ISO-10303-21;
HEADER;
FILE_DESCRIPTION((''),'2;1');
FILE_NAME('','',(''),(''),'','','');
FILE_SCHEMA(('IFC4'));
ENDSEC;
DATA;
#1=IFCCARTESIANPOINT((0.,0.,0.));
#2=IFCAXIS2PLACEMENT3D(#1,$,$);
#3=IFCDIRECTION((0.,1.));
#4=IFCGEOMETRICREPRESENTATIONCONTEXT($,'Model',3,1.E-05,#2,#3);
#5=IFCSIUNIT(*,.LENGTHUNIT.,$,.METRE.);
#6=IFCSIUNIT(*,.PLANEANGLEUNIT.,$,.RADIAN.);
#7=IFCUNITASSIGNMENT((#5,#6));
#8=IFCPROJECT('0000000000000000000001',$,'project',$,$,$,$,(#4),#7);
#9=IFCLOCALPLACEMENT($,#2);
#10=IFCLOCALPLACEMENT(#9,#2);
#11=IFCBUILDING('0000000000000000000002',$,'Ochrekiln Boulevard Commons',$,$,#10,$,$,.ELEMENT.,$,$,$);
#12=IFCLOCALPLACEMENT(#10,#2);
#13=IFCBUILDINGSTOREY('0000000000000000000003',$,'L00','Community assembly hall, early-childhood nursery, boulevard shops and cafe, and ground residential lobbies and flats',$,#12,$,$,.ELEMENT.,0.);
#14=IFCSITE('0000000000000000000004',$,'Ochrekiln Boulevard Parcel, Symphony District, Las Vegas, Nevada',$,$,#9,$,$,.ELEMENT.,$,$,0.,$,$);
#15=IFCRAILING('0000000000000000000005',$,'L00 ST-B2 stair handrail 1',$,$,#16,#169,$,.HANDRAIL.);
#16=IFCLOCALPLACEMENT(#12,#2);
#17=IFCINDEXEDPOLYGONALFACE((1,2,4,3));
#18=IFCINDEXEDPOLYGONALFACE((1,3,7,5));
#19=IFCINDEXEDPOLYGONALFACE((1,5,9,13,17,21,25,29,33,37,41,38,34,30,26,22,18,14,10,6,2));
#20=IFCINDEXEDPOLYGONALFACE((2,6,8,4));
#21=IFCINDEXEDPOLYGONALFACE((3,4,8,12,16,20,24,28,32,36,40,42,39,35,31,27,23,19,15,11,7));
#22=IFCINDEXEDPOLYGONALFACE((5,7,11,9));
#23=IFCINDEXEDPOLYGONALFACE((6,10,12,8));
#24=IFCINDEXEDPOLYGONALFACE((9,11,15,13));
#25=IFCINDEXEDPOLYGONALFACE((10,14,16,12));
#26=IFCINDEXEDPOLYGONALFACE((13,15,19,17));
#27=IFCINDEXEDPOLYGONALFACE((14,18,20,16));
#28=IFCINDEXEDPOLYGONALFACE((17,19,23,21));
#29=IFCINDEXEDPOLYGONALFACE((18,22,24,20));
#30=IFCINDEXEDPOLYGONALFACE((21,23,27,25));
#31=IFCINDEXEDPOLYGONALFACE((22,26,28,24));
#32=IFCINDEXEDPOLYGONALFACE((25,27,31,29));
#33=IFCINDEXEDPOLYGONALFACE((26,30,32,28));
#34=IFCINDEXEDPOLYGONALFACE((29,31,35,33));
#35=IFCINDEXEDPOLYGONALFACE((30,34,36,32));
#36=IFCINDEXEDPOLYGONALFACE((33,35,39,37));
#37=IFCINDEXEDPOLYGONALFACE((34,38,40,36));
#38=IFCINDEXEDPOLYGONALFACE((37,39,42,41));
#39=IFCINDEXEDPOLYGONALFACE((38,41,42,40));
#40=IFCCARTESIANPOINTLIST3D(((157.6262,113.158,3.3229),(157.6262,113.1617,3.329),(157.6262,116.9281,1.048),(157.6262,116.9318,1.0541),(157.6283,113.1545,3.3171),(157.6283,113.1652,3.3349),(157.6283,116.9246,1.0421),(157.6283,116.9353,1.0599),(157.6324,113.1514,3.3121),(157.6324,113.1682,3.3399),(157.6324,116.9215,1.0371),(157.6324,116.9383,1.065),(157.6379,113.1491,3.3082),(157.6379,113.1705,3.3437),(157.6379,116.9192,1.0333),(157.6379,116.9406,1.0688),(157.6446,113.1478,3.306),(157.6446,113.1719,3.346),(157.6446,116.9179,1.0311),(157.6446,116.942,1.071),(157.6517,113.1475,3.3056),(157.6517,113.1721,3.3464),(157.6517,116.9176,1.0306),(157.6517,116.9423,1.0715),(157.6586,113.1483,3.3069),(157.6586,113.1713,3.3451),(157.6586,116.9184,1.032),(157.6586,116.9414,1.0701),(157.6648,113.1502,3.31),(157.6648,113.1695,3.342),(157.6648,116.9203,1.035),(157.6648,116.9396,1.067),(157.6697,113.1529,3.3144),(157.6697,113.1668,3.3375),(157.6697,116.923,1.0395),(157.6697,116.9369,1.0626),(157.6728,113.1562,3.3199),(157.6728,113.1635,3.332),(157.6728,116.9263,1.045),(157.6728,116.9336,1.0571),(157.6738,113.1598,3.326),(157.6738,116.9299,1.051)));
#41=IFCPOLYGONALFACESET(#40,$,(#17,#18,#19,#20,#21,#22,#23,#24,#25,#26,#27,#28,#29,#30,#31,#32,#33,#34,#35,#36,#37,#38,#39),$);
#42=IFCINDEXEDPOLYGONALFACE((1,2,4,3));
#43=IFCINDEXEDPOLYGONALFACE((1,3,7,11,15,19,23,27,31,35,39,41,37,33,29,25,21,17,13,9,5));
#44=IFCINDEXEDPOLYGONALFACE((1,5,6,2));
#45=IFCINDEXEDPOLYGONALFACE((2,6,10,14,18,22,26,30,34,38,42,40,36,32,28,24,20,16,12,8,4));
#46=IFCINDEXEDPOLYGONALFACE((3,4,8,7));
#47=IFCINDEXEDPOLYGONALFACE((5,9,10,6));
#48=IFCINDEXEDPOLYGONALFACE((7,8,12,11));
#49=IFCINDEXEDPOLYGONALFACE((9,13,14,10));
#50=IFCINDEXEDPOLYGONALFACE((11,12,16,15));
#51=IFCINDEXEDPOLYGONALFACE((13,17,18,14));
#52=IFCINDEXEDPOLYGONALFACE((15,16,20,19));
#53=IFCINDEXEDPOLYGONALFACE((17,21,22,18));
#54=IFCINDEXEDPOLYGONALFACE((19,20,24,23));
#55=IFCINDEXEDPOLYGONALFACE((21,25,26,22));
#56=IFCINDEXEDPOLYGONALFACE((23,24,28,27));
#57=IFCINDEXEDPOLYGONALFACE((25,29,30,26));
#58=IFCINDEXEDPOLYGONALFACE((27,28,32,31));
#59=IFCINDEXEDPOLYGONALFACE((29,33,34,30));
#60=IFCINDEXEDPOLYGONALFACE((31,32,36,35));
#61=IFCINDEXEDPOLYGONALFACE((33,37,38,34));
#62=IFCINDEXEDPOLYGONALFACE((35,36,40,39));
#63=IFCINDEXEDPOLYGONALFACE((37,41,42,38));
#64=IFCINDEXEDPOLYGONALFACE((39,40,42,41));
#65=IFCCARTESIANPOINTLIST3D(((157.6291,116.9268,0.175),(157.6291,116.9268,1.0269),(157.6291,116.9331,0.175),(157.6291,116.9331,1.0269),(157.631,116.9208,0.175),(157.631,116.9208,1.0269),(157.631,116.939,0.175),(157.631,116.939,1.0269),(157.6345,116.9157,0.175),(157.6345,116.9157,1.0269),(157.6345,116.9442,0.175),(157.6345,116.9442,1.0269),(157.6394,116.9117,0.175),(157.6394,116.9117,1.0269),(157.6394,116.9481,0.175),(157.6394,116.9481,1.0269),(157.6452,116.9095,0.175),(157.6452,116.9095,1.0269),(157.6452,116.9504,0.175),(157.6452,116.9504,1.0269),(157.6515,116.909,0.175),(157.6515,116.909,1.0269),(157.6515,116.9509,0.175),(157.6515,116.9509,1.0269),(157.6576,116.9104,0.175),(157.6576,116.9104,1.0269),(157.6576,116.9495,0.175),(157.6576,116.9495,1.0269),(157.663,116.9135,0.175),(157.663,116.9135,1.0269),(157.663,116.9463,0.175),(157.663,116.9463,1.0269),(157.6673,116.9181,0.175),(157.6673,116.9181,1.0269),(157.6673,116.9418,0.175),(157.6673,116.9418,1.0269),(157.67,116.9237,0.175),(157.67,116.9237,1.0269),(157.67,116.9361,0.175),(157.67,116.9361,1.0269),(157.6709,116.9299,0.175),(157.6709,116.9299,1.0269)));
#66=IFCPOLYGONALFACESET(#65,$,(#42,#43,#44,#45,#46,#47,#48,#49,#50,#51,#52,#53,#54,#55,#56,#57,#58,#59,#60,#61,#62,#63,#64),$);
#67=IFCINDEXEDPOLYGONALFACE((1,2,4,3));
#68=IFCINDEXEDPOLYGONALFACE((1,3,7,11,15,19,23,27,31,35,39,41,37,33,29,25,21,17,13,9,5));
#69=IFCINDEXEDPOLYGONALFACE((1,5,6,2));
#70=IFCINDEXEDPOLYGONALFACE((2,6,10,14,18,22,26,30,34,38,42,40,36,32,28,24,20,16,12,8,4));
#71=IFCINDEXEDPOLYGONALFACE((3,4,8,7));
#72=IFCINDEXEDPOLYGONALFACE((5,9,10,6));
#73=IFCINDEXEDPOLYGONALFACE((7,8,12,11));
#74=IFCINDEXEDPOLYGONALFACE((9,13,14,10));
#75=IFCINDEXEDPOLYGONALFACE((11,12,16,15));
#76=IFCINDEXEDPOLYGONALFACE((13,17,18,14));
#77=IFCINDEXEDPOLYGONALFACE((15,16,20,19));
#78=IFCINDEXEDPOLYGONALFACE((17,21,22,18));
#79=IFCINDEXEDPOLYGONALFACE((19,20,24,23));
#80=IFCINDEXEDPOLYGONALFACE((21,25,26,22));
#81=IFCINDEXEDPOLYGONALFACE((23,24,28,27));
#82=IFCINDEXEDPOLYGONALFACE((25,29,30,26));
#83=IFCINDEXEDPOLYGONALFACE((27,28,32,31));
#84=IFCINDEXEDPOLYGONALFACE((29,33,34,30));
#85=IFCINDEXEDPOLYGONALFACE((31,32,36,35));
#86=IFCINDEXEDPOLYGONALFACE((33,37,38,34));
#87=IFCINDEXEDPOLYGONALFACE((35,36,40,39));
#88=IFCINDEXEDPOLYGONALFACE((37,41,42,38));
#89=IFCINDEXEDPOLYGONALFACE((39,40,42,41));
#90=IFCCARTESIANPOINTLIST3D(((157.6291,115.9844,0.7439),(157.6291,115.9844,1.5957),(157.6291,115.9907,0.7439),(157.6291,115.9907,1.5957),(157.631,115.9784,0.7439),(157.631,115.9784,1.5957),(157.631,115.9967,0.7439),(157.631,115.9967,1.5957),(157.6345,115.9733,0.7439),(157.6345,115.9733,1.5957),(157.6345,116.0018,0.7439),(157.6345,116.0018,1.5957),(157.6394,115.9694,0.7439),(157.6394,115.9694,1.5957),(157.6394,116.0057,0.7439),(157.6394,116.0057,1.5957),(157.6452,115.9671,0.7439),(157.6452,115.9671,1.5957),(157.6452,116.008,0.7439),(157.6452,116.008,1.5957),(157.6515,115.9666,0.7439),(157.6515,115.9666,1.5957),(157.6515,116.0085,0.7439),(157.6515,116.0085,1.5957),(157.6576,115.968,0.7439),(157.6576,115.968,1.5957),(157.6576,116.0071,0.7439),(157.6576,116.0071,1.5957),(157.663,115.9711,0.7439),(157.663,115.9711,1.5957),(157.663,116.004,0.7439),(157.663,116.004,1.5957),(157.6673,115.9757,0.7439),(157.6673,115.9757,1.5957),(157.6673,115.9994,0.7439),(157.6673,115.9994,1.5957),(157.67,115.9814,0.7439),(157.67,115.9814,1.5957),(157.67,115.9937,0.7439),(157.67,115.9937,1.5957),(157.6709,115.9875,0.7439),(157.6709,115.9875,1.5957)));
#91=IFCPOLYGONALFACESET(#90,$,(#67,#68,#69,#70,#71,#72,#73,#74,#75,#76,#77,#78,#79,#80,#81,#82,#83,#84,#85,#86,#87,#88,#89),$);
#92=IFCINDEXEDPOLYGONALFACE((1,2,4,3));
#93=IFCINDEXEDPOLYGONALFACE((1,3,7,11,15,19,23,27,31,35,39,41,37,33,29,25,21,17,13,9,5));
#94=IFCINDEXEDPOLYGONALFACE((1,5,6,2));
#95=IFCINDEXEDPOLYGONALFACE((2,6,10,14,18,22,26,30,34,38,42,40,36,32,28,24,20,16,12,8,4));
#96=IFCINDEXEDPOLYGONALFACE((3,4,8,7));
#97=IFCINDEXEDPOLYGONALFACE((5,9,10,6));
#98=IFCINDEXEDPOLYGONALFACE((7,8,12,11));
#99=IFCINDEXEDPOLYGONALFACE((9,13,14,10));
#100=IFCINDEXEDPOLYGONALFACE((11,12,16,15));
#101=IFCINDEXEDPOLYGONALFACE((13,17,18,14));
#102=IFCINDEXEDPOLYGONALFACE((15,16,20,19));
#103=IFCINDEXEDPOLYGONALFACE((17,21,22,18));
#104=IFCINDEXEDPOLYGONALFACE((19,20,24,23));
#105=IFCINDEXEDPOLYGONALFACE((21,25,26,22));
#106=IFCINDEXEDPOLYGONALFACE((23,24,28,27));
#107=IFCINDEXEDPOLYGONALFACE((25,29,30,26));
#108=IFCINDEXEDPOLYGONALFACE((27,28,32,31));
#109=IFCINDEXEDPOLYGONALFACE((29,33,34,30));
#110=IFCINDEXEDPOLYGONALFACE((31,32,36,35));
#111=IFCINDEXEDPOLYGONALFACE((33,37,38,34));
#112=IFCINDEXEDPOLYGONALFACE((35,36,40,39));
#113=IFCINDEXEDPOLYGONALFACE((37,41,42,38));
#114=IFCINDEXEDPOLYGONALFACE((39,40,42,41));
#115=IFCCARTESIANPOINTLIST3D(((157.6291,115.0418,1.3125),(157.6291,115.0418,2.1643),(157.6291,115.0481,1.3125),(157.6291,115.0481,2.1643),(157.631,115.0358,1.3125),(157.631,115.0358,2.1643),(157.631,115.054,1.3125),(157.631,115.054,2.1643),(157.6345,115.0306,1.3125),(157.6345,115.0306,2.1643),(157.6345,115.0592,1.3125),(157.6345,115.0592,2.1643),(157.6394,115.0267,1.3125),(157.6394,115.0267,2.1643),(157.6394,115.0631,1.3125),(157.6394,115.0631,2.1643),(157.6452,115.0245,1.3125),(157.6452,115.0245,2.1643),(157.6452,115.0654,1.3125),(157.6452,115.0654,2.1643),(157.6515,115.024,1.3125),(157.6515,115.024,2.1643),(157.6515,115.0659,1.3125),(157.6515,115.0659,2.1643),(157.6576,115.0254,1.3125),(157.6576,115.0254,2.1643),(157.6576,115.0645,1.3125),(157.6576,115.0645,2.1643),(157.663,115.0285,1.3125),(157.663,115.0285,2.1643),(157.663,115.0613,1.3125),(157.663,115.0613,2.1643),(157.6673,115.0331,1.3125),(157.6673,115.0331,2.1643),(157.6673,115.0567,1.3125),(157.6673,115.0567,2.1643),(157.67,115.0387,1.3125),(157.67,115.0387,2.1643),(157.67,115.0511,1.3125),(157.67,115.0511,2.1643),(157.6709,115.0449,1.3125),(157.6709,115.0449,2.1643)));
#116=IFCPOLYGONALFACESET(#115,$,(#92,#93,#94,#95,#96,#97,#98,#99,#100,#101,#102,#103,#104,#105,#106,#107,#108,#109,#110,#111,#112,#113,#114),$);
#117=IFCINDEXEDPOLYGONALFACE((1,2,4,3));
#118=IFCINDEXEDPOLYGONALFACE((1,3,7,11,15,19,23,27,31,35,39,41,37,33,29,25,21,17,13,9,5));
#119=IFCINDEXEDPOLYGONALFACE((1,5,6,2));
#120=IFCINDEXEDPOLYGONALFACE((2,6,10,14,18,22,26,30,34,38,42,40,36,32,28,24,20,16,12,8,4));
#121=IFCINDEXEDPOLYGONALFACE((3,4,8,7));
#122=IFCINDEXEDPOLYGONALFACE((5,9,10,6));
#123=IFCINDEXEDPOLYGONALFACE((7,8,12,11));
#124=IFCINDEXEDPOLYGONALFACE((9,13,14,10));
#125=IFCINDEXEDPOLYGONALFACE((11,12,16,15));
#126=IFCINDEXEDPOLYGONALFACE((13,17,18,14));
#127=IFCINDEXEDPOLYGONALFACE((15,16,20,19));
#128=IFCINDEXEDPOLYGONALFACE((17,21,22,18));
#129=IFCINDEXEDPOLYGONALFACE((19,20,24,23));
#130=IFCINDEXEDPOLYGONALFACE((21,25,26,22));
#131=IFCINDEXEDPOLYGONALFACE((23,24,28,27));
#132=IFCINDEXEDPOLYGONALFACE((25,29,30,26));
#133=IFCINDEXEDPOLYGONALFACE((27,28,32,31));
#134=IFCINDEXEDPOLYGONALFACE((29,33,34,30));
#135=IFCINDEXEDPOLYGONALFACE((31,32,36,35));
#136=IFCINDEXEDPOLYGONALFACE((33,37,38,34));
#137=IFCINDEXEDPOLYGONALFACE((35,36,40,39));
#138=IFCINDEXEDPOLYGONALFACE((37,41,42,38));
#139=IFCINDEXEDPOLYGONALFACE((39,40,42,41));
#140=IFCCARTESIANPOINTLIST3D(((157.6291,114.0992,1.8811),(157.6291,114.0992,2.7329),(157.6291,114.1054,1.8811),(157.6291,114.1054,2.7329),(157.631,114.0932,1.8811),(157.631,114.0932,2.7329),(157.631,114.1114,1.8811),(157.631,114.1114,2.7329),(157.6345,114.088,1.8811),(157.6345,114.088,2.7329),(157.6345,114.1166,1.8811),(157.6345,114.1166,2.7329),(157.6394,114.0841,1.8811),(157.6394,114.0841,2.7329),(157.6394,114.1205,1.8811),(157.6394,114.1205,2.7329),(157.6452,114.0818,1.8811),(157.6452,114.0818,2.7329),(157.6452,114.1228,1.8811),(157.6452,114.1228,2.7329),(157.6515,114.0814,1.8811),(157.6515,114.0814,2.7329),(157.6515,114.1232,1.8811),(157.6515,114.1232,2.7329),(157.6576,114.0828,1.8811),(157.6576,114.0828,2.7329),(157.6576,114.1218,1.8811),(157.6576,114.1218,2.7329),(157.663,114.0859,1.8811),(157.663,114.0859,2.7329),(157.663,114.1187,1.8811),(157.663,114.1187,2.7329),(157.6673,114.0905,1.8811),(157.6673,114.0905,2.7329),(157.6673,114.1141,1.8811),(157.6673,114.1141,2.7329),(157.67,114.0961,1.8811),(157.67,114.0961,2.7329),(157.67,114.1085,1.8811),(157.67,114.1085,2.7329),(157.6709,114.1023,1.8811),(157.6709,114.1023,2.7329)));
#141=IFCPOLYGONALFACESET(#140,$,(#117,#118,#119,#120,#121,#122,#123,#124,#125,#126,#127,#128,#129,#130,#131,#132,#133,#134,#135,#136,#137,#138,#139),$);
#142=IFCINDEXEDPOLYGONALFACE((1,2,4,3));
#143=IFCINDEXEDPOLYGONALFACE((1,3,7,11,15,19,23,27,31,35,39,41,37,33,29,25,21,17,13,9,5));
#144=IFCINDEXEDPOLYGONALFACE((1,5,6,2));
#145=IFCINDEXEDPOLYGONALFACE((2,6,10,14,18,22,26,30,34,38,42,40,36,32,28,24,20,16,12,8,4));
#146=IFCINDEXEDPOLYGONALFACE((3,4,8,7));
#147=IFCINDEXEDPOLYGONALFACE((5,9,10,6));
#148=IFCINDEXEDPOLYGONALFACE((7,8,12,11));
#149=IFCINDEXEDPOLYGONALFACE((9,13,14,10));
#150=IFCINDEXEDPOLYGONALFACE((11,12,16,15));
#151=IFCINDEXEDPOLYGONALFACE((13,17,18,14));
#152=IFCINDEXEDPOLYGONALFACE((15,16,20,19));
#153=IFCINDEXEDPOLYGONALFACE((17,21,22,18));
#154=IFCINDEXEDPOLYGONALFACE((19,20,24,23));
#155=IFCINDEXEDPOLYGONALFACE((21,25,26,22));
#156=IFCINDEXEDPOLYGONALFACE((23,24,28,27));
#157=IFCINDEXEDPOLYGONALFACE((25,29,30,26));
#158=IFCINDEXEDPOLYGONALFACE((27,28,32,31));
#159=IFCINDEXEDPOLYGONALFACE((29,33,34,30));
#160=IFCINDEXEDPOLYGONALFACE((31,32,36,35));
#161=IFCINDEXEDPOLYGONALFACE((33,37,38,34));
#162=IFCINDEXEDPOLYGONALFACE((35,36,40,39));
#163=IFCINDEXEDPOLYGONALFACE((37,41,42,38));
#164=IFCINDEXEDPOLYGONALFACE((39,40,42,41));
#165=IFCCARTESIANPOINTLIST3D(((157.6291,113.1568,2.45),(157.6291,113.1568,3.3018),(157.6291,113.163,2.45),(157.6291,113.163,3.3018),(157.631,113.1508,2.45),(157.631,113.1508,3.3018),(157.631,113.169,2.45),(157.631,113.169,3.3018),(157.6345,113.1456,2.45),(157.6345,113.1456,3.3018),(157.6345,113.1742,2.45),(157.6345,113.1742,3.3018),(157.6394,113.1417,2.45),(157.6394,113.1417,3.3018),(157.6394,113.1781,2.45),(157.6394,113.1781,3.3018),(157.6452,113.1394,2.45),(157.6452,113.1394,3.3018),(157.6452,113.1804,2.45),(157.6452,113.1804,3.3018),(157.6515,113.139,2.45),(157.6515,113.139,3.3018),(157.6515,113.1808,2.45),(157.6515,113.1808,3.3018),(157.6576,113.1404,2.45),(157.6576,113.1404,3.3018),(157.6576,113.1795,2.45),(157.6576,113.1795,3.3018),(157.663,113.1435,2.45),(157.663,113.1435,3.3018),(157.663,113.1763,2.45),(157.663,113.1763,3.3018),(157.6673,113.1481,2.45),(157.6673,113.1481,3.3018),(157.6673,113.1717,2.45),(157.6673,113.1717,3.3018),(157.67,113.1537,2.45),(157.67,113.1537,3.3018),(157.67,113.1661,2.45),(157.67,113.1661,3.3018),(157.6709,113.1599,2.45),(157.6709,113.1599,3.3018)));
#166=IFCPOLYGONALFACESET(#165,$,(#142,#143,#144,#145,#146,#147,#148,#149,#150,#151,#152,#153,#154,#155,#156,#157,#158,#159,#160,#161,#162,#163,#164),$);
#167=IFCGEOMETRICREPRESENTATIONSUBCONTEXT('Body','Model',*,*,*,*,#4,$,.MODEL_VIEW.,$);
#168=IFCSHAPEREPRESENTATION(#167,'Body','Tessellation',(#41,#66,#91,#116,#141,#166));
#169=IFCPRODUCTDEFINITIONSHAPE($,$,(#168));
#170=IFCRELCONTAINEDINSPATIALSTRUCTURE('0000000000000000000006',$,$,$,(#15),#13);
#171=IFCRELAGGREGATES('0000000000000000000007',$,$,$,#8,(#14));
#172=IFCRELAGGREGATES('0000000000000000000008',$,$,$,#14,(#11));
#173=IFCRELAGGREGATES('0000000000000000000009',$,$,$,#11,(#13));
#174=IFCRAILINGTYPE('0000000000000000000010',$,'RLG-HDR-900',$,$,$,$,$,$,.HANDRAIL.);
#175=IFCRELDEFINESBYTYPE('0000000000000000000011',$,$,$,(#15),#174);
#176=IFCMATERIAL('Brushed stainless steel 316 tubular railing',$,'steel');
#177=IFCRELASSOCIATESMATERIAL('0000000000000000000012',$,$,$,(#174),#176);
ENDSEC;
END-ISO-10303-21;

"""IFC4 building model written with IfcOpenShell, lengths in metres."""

from ifc_helpers import new_model, si_unit, direction, frame, origin, origin_2d, place, context, subcontext, project, spatial, circle, extrude, material, type_object, element, save


model = new_model("IFC4")

# Units and contexts
model_context = context("Model", 3, precision=1e-05, world=origin(), true_north=direction((0.0, 1.0)))
body_context = subcontext(model_context, "Body", "Model", "MODEL_VIEW")
ifc_project = project(units=[si_unit("LENGTHUNIT", "METRE"), si_unit("PLANEANGLEUNIT", "RADIAN")], contexts=[model_context])

# Site, building, storey
site_placement = place(None, origin())
site = spatial("IfcSite", under=ifc_project, at=site_placement, Name="Ochrekiln Boulevard Parcel, Symphony District, Las Vegas, Nevada", CompositionType="ELEMENT", RefElevation=0.0)
building_placement = place(site_placement, origin())
building = spatial("IfcBuilding", under=site, at=building_placement, Name="Ochrekiln Boulevard Commons", CompositionType="ELEMENT")
storey_placement = place(building_placement, origin())
storey = spatial("IfcBuildingStorey", under=building, at=storey_placement, Name="L00", Description="Community assembly hall, early-childhood nursery, boulevard shops and cafe, and ground residential lobbies and flats", CompositionType="ELEMENT", Elevation=0.0)

# Railing
ifc_material_1 = material(Name="Brushed stainless steel 316 tubular railing", Category="steel")
railing_type_1 = type_object("IfcRailingType", Name="RLG-HDR-900", PredefinedType="HANDRAIL", material=ifc_material_1)
railing_1_placement = place(storey_placement, frame((157.6499, 116.9299, 0.175)))
element("IfcRailing", 1, at=railing_1_placement, inside=storey, type_object=railing_type_1, Name="L00 ST-B2 stair handrail 1", PredefinedType="HANDRAIL", context=body_context, shape_type="SweptSolid", body=[
    extrude(circle(Radius=0.0239, at=origin_2d()), frame((0.0, 0.0, 0.876), z_axis=(0.0, -0.856199, 0.516647), x_axis=(1.0, 0.0, 0.0)), (0.0, 0.0, 1.0), 4.4033),
    extrude(circle(Radius=0.021, at=origin_2d()), origin(), (0.0, 0.0, 1.0), 0.8518),
    extrude(circle(Radius=0.021, at=origin_2d()), frame((0.0, -0.9424, 0.5688)), (0.0, 0.0, 1.0), 0.8518),
    extrude(circle(Radius=0.021, at=origin_2d()), frame((0.0, -1.885, 1.1375)), (0.0, 0.0, 1.0), 0.8518),
    extrude(circle(Radius=0.021, at=origin_2d()), frame((0.0, -2.8276, 1.7061)), (0.0, 0.0, 1.0), 0.8518),
    extrude(circle(Radius=0.021, at=origin_2d()), frame((0.0, -3.77, 2.2749)), (0.0, 0.0, 1.0), 0.8518),
])

save(model, "model.ifc")
